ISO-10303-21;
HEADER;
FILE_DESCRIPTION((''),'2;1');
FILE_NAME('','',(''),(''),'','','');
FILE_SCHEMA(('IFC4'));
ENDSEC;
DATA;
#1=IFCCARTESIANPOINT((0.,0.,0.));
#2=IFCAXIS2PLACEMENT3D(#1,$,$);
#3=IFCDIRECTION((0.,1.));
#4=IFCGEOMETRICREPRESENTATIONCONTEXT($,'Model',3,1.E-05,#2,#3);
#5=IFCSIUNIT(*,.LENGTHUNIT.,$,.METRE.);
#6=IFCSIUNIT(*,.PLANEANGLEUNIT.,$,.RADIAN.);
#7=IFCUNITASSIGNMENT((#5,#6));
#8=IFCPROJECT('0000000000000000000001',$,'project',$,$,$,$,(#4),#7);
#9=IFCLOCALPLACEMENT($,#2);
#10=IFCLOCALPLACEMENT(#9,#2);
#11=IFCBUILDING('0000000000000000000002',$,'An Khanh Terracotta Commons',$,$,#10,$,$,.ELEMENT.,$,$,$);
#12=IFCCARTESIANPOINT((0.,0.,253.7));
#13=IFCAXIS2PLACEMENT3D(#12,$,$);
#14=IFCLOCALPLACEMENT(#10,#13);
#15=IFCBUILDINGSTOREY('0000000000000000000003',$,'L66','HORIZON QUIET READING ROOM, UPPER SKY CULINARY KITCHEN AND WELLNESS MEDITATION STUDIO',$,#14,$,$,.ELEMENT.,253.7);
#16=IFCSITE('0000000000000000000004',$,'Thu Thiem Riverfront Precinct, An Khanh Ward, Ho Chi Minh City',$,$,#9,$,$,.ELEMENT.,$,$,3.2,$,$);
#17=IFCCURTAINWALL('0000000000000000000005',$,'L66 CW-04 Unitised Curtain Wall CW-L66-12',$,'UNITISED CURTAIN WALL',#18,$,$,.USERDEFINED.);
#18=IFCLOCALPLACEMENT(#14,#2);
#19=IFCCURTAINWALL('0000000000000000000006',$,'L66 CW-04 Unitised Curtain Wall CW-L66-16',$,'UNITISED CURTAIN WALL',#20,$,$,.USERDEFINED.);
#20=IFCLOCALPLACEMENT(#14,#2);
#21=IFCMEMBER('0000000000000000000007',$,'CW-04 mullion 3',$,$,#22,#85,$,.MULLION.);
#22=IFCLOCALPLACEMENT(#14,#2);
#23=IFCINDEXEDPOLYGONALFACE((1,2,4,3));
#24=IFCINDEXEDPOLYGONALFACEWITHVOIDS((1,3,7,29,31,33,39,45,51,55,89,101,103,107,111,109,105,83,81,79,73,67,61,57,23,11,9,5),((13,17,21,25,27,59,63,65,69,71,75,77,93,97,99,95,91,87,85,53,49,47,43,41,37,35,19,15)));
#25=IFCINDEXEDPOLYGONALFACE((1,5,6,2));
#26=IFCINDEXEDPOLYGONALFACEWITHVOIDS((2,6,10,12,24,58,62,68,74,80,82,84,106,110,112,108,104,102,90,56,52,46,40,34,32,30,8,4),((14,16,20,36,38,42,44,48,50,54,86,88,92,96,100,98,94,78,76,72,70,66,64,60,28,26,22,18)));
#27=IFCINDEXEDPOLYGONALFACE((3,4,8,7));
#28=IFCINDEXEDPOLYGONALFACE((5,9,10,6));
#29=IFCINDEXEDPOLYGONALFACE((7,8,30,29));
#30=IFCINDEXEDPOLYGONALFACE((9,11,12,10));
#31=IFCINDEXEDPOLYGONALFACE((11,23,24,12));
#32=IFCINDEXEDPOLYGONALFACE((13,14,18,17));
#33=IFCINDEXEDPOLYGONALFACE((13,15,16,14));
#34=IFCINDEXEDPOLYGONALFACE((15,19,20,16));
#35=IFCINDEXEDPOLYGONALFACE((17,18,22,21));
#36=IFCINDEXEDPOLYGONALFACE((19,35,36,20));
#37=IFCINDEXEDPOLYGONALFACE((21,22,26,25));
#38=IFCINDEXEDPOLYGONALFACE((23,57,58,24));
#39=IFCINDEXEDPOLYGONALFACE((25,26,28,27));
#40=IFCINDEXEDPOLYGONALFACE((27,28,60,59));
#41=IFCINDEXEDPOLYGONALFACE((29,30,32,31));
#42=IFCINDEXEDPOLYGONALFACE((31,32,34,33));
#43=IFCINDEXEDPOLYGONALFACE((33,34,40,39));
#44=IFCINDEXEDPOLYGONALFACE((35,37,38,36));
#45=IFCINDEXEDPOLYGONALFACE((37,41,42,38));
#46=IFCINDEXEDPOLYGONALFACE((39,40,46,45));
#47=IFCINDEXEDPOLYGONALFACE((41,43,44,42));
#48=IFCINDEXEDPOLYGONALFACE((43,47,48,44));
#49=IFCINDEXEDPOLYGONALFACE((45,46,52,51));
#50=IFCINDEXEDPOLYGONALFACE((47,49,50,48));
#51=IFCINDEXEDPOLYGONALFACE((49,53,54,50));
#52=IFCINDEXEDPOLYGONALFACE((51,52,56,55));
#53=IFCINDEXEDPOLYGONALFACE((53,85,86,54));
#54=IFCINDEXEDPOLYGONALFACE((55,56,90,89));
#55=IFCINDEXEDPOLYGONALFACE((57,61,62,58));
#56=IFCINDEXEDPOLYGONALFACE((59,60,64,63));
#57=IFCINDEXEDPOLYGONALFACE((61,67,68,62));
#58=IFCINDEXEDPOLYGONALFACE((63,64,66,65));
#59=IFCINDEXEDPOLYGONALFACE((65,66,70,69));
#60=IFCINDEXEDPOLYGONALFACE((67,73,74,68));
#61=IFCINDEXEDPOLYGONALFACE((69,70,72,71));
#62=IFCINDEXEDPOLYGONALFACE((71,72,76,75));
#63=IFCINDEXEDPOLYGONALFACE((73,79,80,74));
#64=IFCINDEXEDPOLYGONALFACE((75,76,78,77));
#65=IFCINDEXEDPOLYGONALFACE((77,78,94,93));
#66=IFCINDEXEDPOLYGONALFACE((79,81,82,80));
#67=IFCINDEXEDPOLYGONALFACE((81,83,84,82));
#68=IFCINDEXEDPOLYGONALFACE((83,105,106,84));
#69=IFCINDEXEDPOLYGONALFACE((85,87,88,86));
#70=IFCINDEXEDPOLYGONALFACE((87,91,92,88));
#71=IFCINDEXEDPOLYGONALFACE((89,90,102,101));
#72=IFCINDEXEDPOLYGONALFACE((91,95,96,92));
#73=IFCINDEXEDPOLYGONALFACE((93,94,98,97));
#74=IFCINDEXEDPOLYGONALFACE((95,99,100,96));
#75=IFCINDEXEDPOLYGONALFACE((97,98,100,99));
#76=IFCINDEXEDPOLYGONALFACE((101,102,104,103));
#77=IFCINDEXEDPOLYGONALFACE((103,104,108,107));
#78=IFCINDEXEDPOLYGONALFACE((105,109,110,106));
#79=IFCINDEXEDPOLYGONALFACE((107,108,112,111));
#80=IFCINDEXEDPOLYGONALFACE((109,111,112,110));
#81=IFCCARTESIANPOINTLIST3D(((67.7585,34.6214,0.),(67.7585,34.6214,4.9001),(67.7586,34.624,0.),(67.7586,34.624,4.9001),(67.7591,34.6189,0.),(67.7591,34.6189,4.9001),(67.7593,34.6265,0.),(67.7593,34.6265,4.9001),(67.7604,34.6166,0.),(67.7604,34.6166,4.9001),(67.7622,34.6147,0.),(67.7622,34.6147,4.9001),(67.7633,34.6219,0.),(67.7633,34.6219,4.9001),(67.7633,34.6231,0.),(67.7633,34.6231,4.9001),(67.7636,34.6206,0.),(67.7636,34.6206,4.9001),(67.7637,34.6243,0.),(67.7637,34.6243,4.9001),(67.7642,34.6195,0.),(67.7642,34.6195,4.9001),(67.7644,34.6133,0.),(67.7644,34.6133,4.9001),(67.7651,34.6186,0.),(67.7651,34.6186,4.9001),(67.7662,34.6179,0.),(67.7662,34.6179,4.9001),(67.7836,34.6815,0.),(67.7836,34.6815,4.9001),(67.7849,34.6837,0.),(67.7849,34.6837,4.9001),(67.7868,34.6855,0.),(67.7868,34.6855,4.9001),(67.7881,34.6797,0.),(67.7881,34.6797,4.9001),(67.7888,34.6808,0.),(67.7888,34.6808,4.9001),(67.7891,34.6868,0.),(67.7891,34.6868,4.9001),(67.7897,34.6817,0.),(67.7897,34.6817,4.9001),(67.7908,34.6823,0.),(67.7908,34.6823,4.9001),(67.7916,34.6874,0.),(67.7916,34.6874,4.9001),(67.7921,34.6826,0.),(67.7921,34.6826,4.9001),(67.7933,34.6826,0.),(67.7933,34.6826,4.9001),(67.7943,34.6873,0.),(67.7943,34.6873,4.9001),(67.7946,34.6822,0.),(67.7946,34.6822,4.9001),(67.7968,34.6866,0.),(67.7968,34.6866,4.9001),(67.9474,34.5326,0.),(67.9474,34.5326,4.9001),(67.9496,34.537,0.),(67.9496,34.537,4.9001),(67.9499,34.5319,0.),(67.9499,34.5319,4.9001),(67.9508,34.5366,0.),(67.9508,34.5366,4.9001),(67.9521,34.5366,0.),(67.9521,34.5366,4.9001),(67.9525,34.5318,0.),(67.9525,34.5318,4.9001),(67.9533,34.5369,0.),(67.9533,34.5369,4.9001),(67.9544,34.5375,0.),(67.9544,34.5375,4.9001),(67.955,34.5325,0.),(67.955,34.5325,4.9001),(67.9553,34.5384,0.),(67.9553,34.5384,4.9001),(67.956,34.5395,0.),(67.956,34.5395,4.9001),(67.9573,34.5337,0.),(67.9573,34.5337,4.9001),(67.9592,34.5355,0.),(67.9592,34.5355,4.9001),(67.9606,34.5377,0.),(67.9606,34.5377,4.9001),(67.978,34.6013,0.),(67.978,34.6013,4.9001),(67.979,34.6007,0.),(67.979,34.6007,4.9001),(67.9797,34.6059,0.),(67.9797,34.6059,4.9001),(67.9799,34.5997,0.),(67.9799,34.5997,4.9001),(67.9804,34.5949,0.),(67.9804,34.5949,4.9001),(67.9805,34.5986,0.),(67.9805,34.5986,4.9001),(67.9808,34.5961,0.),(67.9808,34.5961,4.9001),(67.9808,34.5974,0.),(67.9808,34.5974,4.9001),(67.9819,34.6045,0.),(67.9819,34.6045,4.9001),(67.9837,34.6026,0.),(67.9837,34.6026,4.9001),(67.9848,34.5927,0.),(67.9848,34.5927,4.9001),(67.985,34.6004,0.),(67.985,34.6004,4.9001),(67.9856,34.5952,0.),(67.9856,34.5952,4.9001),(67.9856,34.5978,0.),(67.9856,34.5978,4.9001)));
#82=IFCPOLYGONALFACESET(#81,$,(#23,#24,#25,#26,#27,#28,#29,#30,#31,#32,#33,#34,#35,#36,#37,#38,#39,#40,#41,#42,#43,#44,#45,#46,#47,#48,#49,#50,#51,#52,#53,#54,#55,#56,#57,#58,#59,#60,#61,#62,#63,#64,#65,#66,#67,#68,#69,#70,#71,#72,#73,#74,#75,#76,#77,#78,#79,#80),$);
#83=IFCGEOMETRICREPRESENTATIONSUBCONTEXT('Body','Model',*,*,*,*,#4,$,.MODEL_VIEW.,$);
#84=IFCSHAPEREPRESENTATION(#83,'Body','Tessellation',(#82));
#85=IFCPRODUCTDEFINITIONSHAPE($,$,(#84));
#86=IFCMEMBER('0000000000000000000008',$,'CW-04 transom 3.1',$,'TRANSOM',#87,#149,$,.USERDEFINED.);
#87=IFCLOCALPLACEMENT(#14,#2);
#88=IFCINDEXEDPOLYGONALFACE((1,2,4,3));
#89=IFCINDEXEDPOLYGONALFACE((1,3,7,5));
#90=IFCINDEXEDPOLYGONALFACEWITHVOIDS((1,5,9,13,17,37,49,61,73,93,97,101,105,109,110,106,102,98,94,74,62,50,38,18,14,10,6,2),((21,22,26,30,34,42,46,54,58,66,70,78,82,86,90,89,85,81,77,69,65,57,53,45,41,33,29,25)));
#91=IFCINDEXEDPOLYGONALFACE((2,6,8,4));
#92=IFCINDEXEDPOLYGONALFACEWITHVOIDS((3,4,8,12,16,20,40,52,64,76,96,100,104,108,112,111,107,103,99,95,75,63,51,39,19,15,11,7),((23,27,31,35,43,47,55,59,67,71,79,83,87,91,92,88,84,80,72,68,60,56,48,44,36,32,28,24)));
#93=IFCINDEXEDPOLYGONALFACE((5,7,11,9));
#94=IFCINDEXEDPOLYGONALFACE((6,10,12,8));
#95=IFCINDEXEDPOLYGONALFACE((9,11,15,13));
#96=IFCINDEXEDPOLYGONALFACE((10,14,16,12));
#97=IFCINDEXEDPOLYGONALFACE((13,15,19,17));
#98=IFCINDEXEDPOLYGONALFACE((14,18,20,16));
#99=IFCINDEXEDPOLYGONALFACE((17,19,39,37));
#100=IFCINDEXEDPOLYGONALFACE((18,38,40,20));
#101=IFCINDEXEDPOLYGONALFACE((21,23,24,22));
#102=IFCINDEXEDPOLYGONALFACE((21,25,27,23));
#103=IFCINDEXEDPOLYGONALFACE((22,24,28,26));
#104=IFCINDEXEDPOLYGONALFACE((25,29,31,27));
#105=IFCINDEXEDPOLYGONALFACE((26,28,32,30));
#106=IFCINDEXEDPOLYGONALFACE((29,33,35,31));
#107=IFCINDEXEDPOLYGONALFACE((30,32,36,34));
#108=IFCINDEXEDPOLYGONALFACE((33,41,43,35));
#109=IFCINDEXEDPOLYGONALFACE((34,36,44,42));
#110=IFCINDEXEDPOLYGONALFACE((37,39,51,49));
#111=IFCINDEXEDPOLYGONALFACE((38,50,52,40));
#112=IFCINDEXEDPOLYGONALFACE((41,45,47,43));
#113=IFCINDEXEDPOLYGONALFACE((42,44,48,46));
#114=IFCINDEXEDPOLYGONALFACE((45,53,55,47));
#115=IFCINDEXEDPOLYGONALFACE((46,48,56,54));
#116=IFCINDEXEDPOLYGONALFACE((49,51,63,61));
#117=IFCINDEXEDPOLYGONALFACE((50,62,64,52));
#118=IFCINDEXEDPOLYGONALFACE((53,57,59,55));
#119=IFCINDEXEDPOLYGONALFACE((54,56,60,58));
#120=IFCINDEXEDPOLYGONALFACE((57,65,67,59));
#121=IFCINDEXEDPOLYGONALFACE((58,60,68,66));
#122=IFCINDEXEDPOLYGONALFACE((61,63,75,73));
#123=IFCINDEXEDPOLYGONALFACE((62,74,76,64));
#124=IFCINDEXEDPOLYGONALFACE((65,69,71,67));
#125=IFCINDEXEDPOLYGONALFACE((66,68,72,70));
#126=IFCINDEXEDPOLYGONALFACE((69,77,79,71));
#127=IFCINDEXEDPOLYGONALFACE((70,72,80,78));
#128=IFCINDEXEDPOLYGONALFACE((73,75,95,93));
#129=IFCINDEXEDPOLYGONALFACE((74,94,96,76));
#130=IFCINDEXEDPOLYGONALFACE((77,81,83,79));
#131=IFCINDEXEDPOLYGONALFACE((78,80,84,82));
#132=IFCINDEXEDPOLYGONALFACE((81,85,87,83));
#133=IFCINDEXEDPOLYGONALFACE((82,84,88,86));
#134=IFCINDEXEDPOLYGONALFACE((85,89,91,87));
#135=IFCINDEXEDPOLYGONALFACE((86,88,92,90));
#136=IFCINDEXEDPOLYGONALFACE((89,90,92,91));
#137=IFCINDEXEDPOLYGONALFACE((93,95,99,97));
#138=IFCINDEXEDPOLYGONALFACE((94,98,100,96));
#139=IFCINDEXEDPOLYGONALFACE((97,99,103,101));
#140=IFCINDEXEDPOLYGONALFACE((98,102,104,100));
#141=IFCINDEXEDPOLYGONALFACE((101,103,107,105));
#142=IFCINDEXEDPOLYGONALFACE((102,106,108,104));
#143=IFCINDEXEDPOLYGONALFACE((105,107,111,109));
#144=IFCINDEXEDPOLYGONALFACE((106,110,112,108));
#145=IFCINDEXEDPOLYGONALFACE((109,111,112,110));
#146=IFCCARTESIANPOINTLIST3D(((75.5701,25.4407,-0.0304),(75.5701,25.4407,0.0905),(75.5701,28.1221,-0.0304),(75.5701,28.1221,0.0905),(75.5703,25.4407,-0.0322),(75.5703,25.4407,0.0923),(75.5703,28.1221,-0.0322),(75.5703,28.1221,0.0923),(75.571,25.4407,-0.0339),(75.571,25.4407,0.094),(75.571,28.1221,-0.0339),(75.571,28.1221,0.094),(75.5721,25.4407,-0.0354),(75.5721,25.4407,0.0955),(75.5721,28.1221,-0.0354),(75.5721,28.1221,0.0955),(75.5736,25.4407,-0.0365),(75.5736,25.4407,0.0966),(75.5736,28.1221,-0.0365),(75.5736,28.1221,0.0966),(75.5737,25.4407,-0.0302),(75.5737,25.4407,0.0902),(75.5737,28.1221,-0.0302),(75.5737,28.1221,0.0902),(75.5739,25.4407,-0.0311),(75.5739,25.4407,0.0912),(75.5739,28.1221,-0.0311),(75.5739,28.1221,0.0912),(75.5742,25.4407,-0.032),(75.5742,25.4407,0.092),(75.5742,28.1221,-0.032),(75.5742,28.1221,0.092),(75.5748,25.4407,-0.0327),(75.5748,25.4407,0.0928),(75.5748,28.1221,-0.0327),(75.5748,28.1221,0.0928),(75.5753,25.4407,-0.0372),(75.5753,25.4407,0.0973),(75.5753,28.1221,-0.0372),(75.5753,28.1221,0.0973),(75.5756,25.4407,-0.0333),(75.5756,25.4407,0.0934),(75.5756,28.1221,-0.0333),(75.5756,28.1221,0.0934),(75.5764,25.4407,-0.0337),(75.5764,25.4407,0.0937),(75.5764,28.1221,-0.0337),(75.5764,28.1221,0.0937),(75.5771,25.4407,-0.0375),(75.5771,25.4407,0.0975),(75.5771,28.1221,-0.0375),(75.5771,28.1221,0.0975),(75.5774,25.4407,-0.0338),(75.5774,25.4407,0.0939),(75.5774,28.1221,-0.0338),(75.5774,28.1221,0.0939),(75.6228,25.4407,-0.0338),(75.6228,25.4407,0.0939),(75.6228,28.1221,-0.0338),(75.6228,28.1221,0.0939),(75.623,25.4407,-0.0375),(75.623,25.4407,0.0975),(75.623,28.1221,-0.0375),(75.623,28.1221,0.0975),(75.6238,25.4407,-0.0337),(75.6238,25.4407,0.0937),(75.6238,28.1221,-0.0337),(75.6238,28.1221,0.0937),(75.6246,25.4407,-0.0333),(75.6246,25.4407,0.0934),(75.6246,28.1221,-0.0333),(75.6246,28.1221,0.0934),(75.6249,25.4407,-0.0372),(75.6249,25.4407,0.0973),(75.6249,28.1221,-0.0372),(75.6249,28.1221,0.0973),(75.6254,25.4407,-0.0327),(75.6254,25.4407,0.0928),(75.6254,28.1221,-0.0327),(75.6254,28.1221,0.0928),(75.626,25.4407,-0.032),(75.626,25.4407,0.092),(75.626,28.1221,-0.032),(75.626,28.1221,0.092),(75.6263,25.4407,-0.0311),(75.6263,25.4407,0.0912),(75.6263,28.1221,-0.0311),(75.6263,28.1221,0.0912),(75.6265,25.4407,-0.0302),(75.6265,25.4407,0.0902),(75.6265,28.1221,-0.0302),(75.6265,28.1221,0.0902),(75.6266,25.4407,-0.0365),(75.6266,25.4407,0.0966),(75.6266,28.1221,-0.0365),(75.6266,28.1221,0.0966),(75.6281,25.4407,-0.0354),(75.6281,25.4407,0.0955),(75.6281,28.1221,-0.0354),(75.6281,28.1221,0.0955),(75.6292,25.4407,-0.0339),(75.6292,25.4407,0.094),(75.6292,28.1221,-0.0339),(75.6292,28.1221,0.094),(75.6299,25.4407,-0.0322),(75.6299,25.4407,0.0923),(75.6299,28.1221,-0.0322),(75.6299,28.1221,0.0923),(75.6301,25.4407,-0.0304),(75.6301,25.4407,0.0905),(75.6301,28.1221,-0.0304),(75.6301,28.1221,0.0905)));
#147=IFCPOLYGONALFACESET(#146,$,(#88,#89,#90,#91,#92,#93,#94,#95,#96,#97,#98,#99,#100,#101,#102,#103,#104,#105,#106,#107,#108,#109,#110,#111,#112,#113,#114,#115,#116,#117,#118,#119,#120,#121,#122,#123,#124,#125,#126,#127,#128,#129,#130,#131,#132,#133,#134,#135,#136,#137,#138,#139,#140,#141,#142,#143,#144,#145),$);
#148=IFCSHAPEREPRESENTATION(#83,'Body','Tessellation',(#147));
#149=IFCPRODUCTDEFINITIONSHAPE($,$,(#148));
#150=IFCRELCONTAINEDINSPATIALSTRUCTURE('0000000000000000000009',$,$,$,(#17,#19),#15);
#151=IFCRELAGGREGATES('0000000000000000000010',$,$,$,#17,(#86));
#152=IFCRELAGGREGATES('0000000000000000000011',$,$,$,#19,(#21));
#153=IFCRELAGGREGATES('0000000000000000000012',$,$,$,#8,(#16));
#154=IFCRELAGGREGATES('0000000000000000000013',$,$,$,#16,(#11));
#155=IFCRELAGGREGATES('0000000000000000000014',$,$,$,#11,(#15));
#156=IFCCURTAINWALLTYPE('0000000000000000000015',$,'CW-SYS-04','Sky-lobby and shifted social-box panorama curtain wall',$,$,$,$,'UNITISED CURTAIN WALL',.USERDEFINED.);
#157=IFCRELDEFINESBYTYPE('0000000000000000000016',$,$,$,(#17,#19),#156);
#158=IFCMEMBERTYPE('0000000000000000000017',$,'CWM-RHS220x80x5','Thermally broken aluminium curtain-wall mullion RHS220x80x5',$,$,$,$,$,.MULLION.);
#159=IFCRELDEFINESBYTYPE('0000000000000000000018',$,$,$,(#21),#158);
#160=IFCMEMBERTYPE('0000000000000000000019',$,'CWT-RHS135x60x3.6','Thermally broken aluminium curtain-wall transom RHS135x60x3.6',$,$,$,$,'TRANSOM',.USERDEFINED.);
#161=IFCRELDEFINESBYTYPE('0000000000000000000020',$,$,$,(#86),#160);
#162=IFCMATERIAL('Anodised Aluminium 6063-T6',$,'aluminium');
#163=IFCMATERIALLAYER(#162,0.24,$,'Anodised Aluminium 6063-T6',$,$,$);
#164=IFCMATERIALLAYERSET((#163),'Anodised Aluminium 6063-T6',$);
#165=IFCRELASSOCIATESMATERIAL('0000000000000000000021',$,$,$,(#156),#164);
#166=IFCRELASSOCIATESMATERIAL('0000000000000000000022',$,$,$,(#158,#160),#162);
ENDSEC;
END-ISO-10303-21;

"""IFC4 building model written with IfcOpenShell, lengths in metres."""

from ifc_helpers import new_model, si_unit, direction, frame, origin, origin_2d, place, context, subcontext, project, spatial, hollow_rectangle, extrude, material, layer, layer_set, material_profile, profile_set, type_object, element, aggregate, save


model = new_model("IFC4")

# Units and contexts
model_context = context("Model", 3, precision=1e-05, world=origin(), true_north=direction((0.0, 1.0)))
body_context = subcontext(model_context, "Body", "Model", "MODEL_VIEW")
ifc_project = project(units=[si_unit("LENGTHUNIT", "METRE"), si_unit("PLANEANGLEUNIT", "RADIAN")], contexts=[model_context])

# Site, building, storey
site_placement = place(None, origin())
site = spatial("IfcSite", under=ifc_project, at=site_placement, Name="Thu Thiem Riverfront Precinct, An Khanh Ward, Ho Chi Minh City", CompositionType="ELEMENT", RefElevation=3.2)
building_placement = place(site_placement, origin())
building = spatial("IfcBuilding", under=site, at=building_placement, Name="An Khanh Terracotta Commons", CompositionType="ELEMENT")
storey_placement = place(building_placement, frame((0.0, 0.0, 253.7)))
storey = spatial("IfcBuildingStorey", under=building, at=storey_placement, Name="L66", Description="HORIZON QUIET READING ROOM, UPPER SKY CULINARY KITCHEN AND WELLNESS MEDITATION STUDIO", CompositionType="ELEMENT", Elevation=253.7)

# Curtain walls, member
ifc_material_1 = material(Name="Anodised Aluminium 6063-T6", Category="aluminium")
ifc_layer_1 = layer(ifc_material_1, 0.24, Name="Anodised Aluminium 6063-T6")
ifc_layer_set_1 = layer_set([ifc_layer_1], Name="Anodised Aluminium 6063-T6")
curtain_wall_type = type_object("IfcCurtainWallType", Name="CW-SYS-04", Description="Sky-lobby and shifted social-box panorama curtain wall", ElementType="UNITISED CURTAIN WALL", PredefinedType="USERDEFINED", material=ifc_layer_set_1)
curtain_wall_1_placement = place(storey_placement, origin())
curtain_wall_1 = element("IfcCurtainWall", 1, at=curtain_wall_1_placement, inside=storey, type_object=curtain_wall_type, Name="L66 CW-04 Unitised Curtain Wall CW-L66-12", ObjectType="UNITISED CURTAIN WALL", PredefinedType="USERDEFINED")
ifc_material_profile_1 = material_profile(ifc_material_1, hollow_rectangle(XDim=0.0801, YDim=0.22, WallThickness=0.0049, InnerFilletRadius=0.0049, OuterFilletRadius=0.01, at=origin_2d()), Name="RHS220x80x5")
ifc_profile_set_1 = profile_set([ifc_material_profile_1], Name="Anodised Aluminium 6063-T6")
member_type_1 = type_object("IfcMemberType", Name="CWM-RHS220x80x5", Description="Thermally broken aluminium curtain-wall mullion RHS220x80x5", PredefinedType="MULLION", material=ifc_profile_set_1)
curtain_wall_2_placement = place(storey_placement, origin())
curtain_wall_2 = element("IfcCurtainWall", 2, at=curtain_wall_2_placement, inside=storey, type_object=curtain_wall_type, Name="L66 CW-04 Unitised Curtain Wall CW-L66-16", ObjectType="UNITISED CURTAIN WALL", PredefinedType="USERDEFINED")
member_1_placement = place(storey_placement, frame((67.8721, 34.6096, 0.0), z_axis=(0.0, 0.0, 1.0), x_axis=(-0.403676, -0.914902, 0.0)))
member_1 = element("IfcMember", 3, at=member_1_placement, type_object=member_type_1, Name="CW-04 mullion 3", PredefinedType="MULLION", context=body_context, shape_type="SweptSolid", body=[
    extrude(hollow_rectangle(XDim=0.0801, YDim=0.22, WallThickness=0.0049, InnerFilletRadius=0.0049, OuterFilletRadius=0.01, at=origin_2d()), origin(), (0.0, 0.0, 1.0), 4.9001),
])

# Member
ifc_material_profile_2 = material_profile(ifc_material_1, hollow_rectangle(XDim=0.0601, YDim=0.135, WallThickness=0.0037, InnerFilletRadius=0.0037, OuterFilletRadius=0.0071, at=origin_2d()), Name="RHS135x60x3.6")
ifc_profile_set_2 = profile_set([ifc_material_profile_2], Name="Anodised Aluminium 6063-T6")
member_type_2 = type_object("IfcMemberType", Name="CWT-RHS135x60x3.6", Description="Thermally broken aluminium curtain-wall transom RHS135x60x3.6", ElementType="TRANSOM", PredefinedType="USERDEFINED", material=ifc_profile_set_2)
member_2_placement = place(storey_placement, frame((75.6001, 25.4407, 0.03), z_axis=(0.0, 1.0, 0.0), x_axis=(-1.0, 0.0, 0.0)))
member_2 = element("IfcMember", 4, at=member_2_placement, type_object=member_type_2, Name="CW-04 transom 3.1", ObjectType="TRANSOM", PredefinedType="USERDEFINED", context=body_context, shape_type="SweptSolid", body=[
    extrude(hollow_rectangle(XDim=0.0601, YDim=0.135, WallThickness=0.0037, InnerFilletRadius=0.0037, OuterFilletRadius=0.0071, at=origin_2d()), origin(), (0.0, 0.0, 1.0), 2.6814),
])

aggregate(curtain_wall_1, [member_2])
aggregate(curtain_wall_2, [member_1])

save(model, "model.ifc")
